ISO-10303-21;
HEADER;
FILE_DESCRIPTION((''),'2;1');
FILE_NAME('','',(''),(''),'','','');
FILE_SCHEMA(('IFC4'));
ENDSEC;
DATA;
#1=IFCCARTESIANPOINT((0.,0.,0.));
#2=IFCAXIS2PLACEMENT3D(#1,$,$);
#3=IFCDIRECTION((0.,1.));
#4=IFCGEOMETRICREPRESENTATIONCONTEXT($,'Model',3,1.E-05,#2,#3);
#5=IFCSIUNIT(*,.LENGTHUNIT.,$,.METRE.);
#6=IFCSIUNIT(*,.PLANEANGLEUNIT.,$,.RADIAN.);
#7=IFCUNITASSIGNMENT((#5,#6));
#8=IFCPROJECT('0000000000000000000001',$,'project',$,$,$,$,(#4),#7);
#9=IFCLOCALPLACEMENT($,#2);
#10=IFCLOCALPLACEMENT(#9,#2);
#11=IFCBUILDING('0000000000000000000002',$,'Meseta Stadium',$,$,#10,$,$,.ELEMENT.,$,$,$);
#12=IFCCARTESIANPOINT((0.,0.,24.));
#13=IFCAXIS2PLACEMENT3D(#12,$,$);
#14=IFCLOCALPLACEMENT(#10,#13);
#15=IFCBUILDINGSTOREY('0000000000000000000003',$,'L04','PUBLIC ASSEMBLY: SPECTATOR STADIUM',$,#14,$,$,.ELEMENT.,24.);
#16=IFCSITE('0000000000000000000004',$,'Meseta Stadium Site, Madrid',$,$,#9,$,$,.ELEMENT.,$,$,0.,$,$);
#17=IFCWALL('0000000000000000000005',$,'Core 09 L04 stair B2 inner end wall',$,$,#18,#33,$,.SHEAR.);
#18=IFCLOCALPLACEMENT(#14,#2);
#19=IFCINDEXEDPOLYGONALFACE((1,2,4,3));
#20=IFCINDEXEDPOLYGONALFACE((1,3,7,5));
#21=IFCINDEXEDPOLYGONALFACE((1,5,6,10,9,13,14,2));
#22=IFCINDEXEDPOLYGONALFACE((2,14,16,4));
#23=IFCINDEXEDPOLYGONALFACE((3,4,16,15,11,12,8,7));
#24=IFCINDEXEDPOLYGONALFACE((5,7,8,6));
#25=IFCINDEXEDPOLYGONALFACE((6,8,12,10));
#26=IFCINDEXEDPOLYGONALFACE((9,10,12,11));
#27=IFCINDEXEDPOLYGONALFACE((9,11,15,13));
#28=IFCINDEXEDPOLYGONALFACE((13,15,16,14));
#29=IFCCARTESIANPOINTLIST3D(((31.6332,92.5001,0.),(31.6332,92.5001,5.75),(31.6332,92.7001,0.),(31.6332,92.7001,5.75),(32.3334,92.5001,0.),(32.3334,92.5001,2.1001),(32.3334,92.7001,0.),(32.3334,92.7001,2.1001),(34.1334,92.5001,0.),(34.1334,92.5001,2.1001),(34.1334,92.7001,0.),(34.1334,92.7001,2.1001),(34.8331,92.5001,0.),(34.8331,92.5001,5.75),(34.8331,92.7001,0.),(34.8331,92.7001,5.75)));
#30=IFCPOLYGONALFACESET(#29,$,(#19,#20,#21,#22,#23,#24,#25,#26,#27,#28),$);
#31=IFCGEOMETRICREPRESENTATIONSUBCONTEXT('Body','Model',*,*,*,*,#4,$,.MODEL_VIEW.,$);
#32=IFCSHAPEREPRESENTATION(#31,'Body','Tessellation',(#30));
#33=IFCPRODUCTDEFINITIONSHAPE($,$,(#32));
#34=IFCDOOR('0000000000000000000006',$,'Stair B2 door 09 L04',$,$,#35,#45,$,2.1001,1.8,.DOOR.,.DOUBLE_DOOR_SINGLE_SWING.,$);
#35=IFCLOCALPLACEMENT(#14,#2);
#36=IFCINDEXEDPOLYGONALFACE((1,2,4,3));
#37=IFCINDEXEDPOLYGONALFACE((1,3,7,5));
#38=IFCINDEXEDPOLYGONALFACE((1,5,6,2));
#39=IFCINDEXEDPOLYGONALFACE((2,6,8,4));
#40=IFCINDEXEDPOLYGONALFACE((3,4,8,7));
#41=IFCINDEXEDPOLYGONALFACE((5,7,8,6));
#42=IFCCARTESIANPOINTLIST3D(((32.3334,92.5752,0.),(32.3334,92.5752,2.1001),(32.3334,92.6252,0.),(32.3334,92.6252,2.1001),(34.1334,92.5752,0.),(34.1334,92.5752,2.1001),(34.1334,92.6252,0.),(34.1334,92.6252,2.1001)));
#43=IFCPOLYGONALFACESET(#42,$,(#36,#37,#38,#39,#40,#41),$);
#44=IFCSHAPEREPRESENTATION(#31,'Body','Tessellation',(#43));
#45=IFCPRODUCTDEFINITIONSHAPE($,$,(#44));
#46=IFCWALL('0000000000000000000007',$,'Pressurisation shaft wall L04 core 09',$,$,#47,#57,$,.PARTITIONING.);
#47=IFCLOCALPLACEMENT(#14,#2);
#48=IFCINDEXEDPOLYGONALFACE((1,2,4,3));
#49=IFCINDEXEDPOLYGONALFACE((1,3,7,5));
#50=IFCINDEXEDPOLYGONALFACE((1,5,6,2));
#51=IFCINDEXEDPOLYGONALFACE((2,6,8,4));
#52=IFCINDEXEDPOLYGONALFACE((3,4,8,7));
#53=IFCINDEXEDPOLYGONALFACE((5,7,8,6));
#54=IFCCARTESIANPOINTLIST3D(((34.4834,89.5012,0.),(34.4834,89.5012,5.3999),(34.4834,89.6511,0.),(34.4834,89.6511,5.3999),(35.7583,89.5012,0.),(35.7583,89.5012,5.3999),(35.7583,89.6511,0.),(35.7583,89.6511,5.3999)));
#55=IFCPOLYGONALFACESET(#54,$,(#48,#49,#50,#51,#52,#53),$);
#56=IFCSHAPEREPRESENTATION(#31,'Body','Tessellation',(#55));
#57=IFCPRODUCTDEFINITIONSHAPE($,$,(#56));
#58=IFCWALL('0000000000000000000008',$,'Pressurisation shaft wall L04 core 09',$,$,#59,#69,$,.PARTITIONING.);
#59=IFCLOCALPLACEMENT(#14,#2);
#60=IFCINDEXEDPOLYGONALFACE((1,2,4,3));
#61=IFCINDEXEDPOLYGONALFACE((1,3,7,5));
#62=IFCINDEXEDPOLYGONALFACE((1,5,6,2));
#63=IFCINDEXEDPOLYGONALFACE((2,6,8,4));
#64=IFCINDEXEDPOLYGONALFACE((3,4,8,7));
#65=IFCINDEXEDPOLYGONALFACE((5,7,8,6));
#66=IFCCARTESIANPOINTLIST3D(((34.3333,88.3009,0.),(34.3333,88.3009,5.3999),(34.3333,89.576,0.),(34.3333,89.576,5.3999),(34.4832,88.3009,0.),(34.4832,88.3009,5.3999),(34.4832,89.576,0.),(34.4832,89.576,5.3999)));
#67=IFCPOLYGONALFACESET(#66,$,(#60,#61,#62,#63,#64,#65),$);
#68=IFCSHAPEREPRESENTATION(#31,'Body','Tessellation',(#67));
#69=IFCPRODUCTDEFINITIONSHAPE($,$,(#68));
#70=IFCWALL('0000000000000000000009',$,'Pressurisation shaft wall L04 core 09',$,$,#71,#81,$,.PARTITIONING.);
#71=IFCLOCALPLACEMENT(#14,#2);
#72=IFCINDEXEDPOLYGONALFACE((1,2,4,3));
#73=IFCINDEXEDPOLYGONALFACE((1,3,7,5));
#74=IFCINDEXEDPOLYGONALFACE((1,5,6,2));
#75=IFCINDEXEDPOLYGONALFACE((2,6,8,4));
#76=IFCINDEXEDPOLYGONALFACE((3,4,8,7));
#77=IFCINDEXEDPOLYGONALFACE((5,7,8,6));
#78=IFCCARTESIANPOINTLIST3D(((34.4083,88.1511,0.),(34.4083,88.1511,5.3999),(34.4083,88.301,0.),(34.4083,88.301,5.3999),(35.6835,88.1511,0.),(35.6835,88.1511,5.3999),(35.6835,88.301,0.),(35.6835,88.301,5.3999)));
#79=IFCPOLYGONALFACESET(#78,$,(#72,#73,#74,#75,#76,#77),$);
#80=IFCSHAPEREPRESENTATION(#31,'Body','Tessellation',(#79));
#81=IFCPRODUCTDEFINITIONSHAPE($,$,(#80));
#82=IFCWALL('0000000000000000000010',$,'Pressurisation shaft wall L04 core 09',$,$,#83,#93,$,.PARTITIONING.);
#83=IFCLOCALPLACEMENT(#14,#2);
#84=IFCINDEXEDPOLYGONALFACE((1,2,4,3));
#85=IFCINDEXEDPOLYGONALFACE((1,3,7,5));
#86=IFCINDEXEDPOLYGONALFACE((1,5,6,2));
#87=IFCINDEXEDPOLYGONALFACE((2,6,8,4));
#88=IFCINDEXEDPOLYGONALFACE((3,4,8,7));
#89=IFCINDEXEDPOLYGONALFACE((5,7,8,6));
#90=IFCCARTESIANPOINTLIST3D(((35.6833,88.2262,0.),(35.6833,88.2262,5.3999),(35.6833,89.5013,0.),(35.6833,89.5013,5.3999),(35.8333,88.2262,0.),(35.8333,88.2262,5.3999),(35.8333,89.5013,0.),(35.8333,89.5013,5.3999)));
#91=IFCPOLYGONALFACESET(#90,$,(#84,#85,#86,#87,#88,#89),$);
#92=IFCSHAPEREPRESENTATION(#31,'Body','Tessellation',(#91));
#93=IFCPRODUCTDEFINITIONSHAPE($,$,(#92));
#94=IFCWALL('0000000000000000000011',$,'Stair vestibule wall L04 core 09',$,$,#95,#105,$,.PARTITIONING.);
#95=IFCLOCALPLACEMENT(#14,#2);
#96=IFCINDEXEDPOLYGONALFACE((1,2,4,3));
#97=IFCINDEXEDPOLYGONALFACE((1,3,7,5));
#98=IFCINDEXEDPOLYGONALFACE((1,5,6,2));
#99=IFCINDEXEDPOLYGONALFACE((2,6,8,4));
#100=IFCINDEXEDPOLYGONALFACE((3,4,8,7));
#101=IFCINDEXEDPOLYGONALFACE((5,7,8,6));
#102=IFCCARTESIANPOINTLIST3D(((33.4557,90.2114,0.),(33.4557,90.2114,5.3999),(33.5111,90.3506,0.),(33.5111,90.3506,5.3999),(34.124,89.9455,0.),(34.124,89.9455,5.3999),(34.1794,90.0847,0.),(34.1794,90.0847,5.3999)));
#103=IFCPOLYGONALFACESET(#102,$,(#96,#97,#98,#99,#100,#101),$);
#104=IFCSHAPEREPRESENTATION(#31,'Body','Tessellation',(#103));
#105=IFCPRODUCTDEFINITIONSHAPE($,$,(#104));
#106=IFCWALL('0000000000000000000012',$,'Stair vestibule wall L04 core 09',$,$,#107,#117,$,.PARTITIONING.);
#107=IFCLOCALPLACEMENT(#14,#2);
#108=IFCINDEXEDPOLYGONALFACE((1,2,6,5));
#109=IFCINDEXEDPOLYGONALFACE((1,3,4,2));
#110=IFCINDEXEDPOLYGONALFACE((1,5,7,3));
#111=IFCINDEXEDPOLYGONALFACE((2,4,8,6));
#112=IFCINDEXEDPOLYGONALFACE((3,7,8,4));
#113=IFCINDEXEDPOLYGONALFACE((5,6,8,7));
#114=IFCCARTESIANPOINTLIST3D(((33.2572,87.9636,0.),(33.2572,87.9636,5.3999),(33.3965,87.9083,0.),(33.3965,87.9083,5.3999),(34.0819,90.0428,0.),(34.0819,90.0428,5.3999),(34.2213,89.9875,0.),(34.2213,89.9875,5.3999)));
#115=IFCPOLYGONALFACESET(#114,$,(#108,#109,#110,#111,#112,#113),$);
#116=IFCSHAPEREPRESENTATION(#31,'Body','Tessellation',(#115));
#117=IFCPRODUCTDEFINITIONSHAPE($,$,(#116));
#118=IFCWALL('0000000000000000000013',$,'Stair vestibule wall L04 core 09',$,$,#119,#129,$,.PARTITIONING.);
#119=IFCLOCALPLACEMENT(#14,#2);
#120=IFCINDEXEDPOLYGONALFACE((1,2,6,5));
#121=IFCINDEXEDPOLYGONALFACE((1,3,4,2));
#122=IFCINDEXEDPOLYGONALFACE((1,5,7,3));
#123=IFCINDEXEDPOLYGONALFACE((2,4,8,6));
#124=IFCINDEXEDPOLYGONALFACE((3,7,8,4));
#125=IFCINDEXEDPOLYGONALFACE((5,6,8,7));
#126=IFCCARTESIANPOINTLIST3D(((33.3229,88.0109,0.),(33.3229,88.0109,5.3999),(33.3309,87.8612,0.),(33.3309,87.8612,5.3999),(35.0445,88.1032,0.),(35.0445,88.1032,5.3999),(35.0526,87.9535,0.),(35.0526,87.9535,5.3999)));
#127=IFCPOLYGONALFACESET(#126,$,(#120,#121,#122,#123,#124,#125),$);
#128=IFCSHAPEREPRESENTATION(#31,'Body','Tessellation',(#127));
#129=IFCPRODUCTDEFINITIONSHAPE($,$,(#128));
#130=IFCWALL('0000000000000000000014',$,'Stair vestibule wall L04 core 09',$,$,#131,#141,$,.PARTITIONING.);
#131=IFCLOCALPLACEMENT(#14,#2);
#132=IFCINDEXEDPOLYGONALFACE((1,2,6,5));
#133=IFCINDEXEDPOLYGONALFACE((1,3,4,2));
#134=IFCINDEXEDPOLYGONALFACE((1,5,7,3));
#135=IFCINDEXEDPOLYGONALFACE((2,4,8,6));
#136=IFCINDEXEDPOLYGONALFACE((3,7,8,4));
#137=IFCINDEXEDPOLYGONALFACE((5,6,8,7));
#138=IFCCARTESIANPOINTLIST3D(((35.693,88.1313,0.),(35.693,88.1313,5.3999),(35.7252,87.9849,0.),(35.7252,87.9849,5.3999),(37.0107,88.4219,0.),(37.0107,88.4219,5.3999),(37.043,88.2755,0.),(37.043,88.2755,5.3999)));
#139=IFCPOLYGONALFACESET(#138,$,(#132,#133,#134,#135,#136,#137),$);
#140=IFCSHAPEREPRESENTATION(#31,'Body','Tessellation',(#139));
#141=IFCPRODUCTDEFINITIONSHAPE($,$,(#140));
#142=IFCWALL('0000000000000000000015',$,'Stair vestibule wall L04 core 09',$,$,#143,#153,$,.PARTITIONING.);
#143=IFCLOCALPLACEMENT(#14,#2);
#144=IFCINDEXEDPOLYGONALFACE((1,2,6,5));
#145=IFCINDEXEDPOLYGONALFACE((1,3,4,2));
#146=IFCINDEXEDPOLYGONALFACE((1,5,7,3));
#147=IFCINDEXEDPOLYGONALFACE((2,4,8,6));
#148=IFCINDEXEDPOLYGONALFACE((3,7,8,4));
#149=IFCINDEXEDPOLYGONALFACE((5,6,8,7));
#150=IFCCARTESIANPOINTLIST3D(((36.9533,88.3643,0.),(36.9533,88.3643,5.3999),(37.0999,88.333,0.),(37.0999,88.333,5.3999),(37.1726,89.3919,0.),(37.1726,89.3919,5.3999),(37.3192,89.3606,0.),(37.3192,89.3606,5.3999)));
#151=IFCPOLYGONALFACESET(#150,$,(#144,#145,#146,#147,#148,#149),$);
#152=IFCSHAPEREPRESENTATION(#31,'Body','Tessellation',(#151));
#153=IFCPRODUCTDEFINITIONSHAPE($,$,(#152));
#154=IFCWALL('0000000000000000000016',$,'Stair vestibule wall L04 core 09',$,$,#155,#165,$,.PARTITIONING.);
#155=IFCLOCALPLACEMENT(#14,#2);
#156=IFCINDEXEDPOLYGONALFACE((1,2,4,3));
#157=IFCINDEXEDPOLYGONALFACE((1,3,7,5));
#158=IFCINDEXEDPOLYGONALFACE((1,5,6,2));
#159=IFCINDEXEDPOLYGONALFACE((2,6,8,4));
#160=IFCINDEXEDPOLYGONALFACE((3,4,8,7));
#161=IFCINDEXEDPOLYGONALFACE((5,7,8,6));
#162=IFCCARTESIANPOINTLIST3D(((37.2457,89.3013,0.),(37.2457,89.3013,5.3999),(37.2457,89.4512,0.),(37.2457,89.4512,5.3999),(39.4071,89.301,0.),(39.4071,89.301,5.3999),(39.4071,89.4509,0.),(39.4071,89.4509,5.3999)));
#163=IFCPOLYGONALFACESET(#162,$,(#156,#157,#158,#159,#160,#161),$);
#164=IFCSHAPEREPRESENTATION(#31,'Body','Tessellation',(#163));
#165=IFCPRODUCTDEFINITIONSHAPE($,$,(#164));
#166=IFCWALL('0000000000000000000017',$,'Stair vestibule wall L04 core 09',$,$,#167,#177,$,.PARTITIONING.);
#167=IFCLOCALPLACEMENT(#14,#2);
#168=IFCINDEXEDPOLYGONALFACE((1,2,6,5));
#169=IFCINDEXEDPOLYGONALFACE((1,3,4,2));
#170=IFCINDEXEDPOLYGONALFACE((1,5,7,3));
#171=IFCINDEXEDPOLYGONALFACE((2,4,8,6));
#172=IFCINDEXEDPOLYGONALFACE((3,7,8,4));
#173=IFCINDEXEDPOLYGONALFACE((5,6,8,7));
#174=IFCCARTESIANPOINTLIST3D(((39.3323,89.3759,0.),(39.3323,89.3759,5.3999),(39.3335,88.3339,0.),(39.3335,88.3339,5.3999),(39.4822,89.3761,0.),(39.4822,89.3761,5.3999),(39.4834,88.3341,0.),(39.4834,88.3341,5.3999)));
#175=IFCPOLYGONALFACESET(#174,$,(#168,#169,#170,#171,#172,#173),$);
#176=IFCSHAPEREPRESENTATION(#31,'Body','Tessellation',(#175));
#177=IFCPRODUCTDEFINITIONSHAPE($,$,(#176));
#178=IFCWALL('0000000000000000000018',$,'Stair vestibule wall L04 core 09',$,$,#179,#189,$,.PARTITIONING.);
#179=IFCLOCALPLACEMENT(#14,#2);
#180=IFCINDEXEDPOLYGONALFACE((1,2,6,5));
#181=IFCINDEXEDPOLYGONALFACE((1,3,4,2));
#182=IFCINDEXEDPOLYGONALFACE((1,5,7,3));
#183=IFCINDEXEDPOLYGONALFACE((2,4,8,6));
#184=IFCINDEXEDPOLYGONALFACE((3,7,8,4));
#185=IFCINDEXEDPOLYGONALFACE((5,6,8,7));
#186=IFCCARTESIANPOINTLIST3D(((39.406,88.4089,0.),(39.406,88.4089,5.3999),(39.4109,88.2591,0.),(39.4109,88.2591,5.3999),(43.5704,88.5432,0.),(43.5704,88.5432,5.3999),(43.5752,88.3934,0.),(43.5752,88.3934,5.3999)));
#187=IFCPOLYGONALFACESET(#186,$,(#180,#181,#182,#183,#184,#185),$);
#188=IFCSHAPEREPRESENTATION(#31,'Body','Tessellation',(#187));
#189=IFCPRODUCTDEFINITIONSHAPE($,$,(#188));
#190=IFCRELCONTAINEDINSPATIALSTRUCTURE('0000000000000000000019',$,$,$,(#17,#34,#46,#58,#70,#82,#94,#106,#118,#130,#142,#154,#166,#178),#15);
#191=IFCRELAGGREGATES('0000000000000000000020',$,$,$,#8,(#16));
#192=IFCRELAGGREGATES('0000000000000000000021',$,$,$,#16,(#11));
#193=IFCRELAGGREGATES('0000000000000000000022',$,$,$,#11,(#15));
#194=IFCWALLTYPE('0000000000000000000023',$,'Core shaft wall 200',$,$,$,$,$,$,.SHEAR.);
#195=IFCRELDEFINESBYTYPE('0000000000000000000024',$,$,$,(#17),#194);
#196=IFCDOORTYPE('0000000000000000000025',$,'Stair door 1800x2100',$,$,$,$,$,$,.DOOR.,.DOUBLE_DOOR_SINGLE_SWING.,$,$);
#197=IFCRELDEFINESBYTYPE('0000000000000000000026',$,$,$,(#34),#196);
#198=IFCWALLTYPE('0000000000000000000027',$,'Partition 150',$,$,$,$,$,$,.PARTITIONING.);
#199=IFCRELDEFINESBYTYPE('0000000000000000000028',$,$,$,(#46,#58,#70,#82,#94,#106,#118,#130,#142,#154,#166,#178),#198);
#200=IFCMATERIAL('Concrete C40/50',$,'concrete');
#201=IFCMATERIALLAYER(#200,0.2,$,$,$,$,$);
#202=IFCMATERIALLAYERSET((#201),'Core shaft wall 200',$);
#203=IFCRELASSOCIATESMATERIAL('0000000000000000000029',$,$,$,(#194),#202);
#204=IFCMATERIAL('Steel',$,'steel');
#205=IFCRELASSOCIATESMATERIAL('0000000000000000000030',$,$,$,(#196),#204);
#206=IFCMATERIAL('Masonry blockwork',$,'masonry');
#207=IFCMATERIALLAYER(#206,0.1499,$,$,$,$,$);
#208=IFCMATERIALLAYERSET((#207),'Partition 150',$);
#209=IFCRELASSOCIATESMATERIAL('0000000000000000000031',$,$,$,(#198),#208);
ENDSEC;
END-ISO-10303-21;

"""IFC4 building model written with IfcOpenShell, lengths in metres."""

from ifc_helpers import new_model, si_unit, direction, frame, frame_2d, origin, place, context, subcontext, project, spatial, rectangle, extrude, material, layer, layer_set, type_object, element, fill, save


model = new_model("IFC4")

# Units and contexts
model_context = context("Model", 3, precision=1e-05, world=origin(), true_north=direction((0.0, 1.0)))
body_context = subcontext(model_context, "Body", "Model", "MODEL_VIEW")
ifc_project = project(units=[si_unit("LENGTHUNIT", "METRE"), si_unit("PLANEANGLEUNIT", "RADIAN")], contexts=[model_context])

# Site, building, storey
site_placement = place(None, origin())
site = spatial("IfcSite", under=ifc_project, at=site_placement, Name="Meseta Stadium Site, Madrid", CompositionType="ELEMENT", RefElevation=0.0)
building_placement = place(site_placement, origin())
building = spatial("IfcBuilding", under=site, at=building_placement, Name="Meseta Stadium", CompositionType="ELEMENT")
storey_placement = place(building_placement, frame((0.0, 0.0, 24.0)))
storey = spatial("IfcBuildingStorey", under=building, at=storey_placement, Name="L04", Description="PUBLIC ASSEMBLY: SPECTATOR STADIUM", CompositionType="ELEMENT", Elevation=24.0)

# Wall, opening, door
ifc_material_1 = material(Name="Concrete C40/50", Category="concrete")
ifc_layer_1 = layer(ifc_material_1, 0.2)
ifc_layer_set_1 = layer_set([ifc_layer_1], Name="Core shaft wall 200")
wall_type_1 = type_object("IfcWallType", Name="Core shaft wall 200", PredefinedType="SHEAR", material=ifc_layer_set_1)
ifc_material_2 = material(Name="Steel", Category="steel")
door_type = type_object("IfcDoorType", Name="Stair door 1800x2100", OperationType="DOUBLE_DOOR_SINGLE_SWING", PredefinedType="DOOR", material=ifc_material_2)
wall_1_placement = place(storey_placement, frame((34.8333, 92.6001, 0.0), z_axis=(0.0, 0.0, 1.0), x_axis=(-1.0, 0.0, 0.0)))
wall_1 = element("IfcWall", 1, at=wall_1_placement, inside=storey, type_object=wall_type_1, Name="Core 09 L04 stair B2 inner end wall", PredefinedType="SHEAR", context=body_context, shape_type="SweptSolid", body=[
    extrude(rectangle(XDim=3.2, YDim=0.2, at=frame_2d((1.6001, 0.0))), origin(), (0.0, 0.0, 1.0), 5.75),
])
opening_1_placement = place(wall_1_placement, frame((0.7, 0.0, 0.0)))
opening_1 = element("IfcOpeningElement", 2, at=opening_1_placement, cuts=wall_1, PredefinedType="OPENING", context=body_context, shape_type="SweptSolid", body=[
    extrude(rectangle(XDim=1.8, YDim=2.1001, at=frame_2d((0.8999, 1.05))), frame((0.0, 0.1099, 0.0), z_axis=(0.0, -1.0, 0.0), x_axis=(1.0, 0.0, 0.0)), (0.0, 0.0, 1.0), 0.22),
])
door_1_placement = place(opening_1_placement, origin())
door_1 = element("IfcDoor", 3, at=door_1_placement, inside=storey, type_object=door_type, Name="Stair B2 door 09 L04", OperationType="DOUBLE_DOOR_SINGLE_SWING", OverallHeight=2.1001, OverallWidth=1.8, PredefinedType="DOOR", context=body_context, shape_type="SweptSolid", body=[
    extrude(rectangle(XDim=1.8, YDim=2.1001, at=frame_2d((0.8999, 1.05))), frame((0.0, 0.0249, 0.0), z_axis=(0.0, -1.0, 0.0), x_axis=(1.0, 0.0, 0.0)), (0.0, 0.0, 1.0), 0.05),
])
fill(opening_1, door_1)

# Walls
ifc_material_3 = material(Name="Masonry blockwork", Category="masonry")
ifc_layer_2 = layer(ifc_material_3, 0.1499)
ifc_layer_set_2 = layer_set([ifc_layer_2], Name="Partition 150")
wall_type_2 = type_object("IfcWallType", Name="Partition 150", PredefinedType="PARTITIONING", material=ifc_layer_set_2)
wall_2_placement = place(storey_placement, frame((35.7583, 89.5762, 0.0), z_axis=(0.0, 0.0, 1.0), x_axis=(-1.0, 0.0, 0.0)))
element("IfcWall", 4, at=wall_2_placement, inside=storey, type_object=wall_type_2, Name="Pressurisation shaft wall L04 core 09", PredefinedType="PARTITIONING", context=body_context, shape_type="SweptSolid", body=[
    extrude(rectangle(XDim=1.2749, YDim=0.1499, at=frame_2d((0.6375, 0.0))), origin(), (0.0, 0.0, 1.0), 5.3999),
])
for number, where, z_axis, x_axis, name in (
    (5, (34.4082, 89.5762, 0.0), (0.0, 0.0, 1.0), (0.0, -1.0, 0.0), "Pressurisation shaft wall L04 core 09"),
    (6, (34.4082, 88.2261, 0.0), (0.0, 0.0, 1.0), (1.0, 0.0, 0.0), "Pressurisation shaft wall L04 core 09"),
    (7, (35.7583, 88.2261, 0.0), (0.0, 0.0, 1.0), (0.0, 1.0, 0.0), "Pressurisation shaft wall L04 core 09"),
):
    element("IfcWall", number, at=place(storey_placement, frame(where, z_axis=z_axis, x_axis=x_axis)), inside=storey, type_object=wall_type_2, Name=name, PredefinedType="PARTITIONING", context=body_context, shape_type="SweptSolid", body=[
        extrude(rectangle(XDim=1.2751, YDim=0.1499, at=frame_2d((0.6377, 0.0))), origin(), (0.0, 0.0, 1.0), 5.3999),
    ])
wall_3_placement = place(storey_placement, frame((33.4834, 90.281, 0.0), z_axis=(0.0, 0.0, 1.0), x_axis=(0.929154, -0.369693, 0.0)))
element("IfcWall", 8, at=wall_3_placement, inside=storey, type_object=wall_type_2, Name="Stair vestibule wall L04 core 09", PredefinedType="PARTITIONING", context=body_context, shape_type="SweptSolid", body=[
    extrude(rectangle(XDim=0.7192, YDim=0.1499, at=frame_2d((0.3596, 0.0))), origin(), (0.0, 0.0, 1.0), 5.3999),
])
wall_4_placement = place(storey_placement, frame((34.1516, 90.0151, 0.0), z_axis=(0.0, 0.0, 1.0), x_axis=(-0.368717, -0.929542, 0.0)))
element("IfcWall", 9, at=wall_4_placement, inside=storey, type_object=wall_type_2, Name="Stair vestibule wall L04 core 09", PredefinedType="PARTITIONING", context=body_context, shape_type="SweptSolid", body=[
    extrude(rectangle(XDim=2.2368, YDim=0.1499, at=frame_2d((1.1184, 0.0))), origin(), (0.0, 0.0, 1.0), 5.3999),
])
wall_5_placement = place(storey_placement, frame((33.3269, 87.936, 0.0), z_axis=(0.0, 0.0, 1.0), x_axis=(0.998567, 0.053525, 0.0)))
element("IfcWall", 10, at=wall_5_placement, inside=storey, type_object=wall_type_2, Name="Stair vestibule wall L04 core 09", PredefinedType="PARTITIONING", context=body_context, shape_type="SweptSolid", body=[
    extrude(rectangle(XDim=1.7241, YDim=0.1499, at=frame_2d((0.8621, 0.0))), origin(), (0.0, 0.0, 1.0), 5.3999),
])
wall_6_placement = place(storey_placement, frame((35.709, 88.0581, 0.0), z_axis=(0.0, 0.0, 1.0), x_axis=(0.976543, 0.215321, 0.0)))
element("IfcWall", 11, at=wall_6_placement, inside=storey, type_object=wall_type_2, Name="Stair vestibule wall L04 core 09", PredefinedType="PARTITIONING", context=body_context, shape_type="SweptSolid", body=[
    extrude(rectangle(XDim=1.3494, YDim=0.1499, at=frame_2d((0.6748, 0.0))), origin(), (0.0, 0.0, 1.0), 5.3999),
])
wall_7_placement = place(storey_placement, frame((37.0266, 88.3486, 0.0), z_axis=(0.0, 0.0, 1.0), x_axis=(0.208656, 0.977989, 0.0)))
element("IfcWall", 12, at=wall_7_placement, inside=storey, type_object=wall_type_2, Name="Stair vestibule wall L04 core 09", PredefinedType="PARTITIONING", context=body_context, shape_type="SweptSolid", body=[
    extrude(rectangle(XDim=1.0508, YDim=0.1499, at=frame_2d((0.5254, 0.0))), origin(), (0.0, 0.0, 1.0), 5.3999),
])
wall_8_placement = place(storey_placement, frame((37.2458, 89.3762, 0.0), z_axis=(0.0, 0.0, 1.0), x_axis=(1.0, -0.000113, 0.0)))
element("IfcWall", 13, at=wall_8_placement, inside=storey, type_object=wall_type_2, Name="Stair vestibule wall L04 core 09", PredefinedType="PARTITIONING", context=body_context, shape_type="SweptSolid", body=[
    extrude(rectangle(XDim=2.1614, YDim=0.1499, at=frame_2d((1.0806, 0.0))), origin(), (0.0, 0.0, 1.0), 5.3999),
])
wall_9_placement = place(storey_placement, frame((39.4072, 89.376, 0.0), z_axis=(0.0, 0.0, 1.0), x_axis=(0.001172, -0.999999, 0.0)))
element("IfcWall", 14, at=wall_9_placement, inside=storey, type_object=wall_type_2, Name="Stair vestibule wall L04 core 09", PredefinedType="PARTITIONING", context=body_context, shape_type="SweptSolid", body=[
    extrude(rectangle(XDim=1.042, YDim=0.1499, at=frame_2d((0.521, 0.0))), origin(), (0.0, 0.0, 1.0), 5.3999),
])
wall_10_placement = place(storey_placement, frame((39.4084, 88.334, 0.0), z_axis=(0.0, 0.0, 1.0), x_axis=(0.999481, 0.032228, 0.0)))
element("IfcWall", 15, at=wall_10_placement, inside=storey, type_object=wall_type_2, Name="Stair vestibule wall L04 core 09", PredefinedType="PARTITIONING", context=body_context, shape_type="SweptSolid", body=[
    extrude(rectangle(XDim=4.1665, YDim=0.1499, at=frame_2d((2.0833, 0.0))), origin(), (0.0, 0.0, 1.0), 5.3999),
])

save(model, "model.ifc")
